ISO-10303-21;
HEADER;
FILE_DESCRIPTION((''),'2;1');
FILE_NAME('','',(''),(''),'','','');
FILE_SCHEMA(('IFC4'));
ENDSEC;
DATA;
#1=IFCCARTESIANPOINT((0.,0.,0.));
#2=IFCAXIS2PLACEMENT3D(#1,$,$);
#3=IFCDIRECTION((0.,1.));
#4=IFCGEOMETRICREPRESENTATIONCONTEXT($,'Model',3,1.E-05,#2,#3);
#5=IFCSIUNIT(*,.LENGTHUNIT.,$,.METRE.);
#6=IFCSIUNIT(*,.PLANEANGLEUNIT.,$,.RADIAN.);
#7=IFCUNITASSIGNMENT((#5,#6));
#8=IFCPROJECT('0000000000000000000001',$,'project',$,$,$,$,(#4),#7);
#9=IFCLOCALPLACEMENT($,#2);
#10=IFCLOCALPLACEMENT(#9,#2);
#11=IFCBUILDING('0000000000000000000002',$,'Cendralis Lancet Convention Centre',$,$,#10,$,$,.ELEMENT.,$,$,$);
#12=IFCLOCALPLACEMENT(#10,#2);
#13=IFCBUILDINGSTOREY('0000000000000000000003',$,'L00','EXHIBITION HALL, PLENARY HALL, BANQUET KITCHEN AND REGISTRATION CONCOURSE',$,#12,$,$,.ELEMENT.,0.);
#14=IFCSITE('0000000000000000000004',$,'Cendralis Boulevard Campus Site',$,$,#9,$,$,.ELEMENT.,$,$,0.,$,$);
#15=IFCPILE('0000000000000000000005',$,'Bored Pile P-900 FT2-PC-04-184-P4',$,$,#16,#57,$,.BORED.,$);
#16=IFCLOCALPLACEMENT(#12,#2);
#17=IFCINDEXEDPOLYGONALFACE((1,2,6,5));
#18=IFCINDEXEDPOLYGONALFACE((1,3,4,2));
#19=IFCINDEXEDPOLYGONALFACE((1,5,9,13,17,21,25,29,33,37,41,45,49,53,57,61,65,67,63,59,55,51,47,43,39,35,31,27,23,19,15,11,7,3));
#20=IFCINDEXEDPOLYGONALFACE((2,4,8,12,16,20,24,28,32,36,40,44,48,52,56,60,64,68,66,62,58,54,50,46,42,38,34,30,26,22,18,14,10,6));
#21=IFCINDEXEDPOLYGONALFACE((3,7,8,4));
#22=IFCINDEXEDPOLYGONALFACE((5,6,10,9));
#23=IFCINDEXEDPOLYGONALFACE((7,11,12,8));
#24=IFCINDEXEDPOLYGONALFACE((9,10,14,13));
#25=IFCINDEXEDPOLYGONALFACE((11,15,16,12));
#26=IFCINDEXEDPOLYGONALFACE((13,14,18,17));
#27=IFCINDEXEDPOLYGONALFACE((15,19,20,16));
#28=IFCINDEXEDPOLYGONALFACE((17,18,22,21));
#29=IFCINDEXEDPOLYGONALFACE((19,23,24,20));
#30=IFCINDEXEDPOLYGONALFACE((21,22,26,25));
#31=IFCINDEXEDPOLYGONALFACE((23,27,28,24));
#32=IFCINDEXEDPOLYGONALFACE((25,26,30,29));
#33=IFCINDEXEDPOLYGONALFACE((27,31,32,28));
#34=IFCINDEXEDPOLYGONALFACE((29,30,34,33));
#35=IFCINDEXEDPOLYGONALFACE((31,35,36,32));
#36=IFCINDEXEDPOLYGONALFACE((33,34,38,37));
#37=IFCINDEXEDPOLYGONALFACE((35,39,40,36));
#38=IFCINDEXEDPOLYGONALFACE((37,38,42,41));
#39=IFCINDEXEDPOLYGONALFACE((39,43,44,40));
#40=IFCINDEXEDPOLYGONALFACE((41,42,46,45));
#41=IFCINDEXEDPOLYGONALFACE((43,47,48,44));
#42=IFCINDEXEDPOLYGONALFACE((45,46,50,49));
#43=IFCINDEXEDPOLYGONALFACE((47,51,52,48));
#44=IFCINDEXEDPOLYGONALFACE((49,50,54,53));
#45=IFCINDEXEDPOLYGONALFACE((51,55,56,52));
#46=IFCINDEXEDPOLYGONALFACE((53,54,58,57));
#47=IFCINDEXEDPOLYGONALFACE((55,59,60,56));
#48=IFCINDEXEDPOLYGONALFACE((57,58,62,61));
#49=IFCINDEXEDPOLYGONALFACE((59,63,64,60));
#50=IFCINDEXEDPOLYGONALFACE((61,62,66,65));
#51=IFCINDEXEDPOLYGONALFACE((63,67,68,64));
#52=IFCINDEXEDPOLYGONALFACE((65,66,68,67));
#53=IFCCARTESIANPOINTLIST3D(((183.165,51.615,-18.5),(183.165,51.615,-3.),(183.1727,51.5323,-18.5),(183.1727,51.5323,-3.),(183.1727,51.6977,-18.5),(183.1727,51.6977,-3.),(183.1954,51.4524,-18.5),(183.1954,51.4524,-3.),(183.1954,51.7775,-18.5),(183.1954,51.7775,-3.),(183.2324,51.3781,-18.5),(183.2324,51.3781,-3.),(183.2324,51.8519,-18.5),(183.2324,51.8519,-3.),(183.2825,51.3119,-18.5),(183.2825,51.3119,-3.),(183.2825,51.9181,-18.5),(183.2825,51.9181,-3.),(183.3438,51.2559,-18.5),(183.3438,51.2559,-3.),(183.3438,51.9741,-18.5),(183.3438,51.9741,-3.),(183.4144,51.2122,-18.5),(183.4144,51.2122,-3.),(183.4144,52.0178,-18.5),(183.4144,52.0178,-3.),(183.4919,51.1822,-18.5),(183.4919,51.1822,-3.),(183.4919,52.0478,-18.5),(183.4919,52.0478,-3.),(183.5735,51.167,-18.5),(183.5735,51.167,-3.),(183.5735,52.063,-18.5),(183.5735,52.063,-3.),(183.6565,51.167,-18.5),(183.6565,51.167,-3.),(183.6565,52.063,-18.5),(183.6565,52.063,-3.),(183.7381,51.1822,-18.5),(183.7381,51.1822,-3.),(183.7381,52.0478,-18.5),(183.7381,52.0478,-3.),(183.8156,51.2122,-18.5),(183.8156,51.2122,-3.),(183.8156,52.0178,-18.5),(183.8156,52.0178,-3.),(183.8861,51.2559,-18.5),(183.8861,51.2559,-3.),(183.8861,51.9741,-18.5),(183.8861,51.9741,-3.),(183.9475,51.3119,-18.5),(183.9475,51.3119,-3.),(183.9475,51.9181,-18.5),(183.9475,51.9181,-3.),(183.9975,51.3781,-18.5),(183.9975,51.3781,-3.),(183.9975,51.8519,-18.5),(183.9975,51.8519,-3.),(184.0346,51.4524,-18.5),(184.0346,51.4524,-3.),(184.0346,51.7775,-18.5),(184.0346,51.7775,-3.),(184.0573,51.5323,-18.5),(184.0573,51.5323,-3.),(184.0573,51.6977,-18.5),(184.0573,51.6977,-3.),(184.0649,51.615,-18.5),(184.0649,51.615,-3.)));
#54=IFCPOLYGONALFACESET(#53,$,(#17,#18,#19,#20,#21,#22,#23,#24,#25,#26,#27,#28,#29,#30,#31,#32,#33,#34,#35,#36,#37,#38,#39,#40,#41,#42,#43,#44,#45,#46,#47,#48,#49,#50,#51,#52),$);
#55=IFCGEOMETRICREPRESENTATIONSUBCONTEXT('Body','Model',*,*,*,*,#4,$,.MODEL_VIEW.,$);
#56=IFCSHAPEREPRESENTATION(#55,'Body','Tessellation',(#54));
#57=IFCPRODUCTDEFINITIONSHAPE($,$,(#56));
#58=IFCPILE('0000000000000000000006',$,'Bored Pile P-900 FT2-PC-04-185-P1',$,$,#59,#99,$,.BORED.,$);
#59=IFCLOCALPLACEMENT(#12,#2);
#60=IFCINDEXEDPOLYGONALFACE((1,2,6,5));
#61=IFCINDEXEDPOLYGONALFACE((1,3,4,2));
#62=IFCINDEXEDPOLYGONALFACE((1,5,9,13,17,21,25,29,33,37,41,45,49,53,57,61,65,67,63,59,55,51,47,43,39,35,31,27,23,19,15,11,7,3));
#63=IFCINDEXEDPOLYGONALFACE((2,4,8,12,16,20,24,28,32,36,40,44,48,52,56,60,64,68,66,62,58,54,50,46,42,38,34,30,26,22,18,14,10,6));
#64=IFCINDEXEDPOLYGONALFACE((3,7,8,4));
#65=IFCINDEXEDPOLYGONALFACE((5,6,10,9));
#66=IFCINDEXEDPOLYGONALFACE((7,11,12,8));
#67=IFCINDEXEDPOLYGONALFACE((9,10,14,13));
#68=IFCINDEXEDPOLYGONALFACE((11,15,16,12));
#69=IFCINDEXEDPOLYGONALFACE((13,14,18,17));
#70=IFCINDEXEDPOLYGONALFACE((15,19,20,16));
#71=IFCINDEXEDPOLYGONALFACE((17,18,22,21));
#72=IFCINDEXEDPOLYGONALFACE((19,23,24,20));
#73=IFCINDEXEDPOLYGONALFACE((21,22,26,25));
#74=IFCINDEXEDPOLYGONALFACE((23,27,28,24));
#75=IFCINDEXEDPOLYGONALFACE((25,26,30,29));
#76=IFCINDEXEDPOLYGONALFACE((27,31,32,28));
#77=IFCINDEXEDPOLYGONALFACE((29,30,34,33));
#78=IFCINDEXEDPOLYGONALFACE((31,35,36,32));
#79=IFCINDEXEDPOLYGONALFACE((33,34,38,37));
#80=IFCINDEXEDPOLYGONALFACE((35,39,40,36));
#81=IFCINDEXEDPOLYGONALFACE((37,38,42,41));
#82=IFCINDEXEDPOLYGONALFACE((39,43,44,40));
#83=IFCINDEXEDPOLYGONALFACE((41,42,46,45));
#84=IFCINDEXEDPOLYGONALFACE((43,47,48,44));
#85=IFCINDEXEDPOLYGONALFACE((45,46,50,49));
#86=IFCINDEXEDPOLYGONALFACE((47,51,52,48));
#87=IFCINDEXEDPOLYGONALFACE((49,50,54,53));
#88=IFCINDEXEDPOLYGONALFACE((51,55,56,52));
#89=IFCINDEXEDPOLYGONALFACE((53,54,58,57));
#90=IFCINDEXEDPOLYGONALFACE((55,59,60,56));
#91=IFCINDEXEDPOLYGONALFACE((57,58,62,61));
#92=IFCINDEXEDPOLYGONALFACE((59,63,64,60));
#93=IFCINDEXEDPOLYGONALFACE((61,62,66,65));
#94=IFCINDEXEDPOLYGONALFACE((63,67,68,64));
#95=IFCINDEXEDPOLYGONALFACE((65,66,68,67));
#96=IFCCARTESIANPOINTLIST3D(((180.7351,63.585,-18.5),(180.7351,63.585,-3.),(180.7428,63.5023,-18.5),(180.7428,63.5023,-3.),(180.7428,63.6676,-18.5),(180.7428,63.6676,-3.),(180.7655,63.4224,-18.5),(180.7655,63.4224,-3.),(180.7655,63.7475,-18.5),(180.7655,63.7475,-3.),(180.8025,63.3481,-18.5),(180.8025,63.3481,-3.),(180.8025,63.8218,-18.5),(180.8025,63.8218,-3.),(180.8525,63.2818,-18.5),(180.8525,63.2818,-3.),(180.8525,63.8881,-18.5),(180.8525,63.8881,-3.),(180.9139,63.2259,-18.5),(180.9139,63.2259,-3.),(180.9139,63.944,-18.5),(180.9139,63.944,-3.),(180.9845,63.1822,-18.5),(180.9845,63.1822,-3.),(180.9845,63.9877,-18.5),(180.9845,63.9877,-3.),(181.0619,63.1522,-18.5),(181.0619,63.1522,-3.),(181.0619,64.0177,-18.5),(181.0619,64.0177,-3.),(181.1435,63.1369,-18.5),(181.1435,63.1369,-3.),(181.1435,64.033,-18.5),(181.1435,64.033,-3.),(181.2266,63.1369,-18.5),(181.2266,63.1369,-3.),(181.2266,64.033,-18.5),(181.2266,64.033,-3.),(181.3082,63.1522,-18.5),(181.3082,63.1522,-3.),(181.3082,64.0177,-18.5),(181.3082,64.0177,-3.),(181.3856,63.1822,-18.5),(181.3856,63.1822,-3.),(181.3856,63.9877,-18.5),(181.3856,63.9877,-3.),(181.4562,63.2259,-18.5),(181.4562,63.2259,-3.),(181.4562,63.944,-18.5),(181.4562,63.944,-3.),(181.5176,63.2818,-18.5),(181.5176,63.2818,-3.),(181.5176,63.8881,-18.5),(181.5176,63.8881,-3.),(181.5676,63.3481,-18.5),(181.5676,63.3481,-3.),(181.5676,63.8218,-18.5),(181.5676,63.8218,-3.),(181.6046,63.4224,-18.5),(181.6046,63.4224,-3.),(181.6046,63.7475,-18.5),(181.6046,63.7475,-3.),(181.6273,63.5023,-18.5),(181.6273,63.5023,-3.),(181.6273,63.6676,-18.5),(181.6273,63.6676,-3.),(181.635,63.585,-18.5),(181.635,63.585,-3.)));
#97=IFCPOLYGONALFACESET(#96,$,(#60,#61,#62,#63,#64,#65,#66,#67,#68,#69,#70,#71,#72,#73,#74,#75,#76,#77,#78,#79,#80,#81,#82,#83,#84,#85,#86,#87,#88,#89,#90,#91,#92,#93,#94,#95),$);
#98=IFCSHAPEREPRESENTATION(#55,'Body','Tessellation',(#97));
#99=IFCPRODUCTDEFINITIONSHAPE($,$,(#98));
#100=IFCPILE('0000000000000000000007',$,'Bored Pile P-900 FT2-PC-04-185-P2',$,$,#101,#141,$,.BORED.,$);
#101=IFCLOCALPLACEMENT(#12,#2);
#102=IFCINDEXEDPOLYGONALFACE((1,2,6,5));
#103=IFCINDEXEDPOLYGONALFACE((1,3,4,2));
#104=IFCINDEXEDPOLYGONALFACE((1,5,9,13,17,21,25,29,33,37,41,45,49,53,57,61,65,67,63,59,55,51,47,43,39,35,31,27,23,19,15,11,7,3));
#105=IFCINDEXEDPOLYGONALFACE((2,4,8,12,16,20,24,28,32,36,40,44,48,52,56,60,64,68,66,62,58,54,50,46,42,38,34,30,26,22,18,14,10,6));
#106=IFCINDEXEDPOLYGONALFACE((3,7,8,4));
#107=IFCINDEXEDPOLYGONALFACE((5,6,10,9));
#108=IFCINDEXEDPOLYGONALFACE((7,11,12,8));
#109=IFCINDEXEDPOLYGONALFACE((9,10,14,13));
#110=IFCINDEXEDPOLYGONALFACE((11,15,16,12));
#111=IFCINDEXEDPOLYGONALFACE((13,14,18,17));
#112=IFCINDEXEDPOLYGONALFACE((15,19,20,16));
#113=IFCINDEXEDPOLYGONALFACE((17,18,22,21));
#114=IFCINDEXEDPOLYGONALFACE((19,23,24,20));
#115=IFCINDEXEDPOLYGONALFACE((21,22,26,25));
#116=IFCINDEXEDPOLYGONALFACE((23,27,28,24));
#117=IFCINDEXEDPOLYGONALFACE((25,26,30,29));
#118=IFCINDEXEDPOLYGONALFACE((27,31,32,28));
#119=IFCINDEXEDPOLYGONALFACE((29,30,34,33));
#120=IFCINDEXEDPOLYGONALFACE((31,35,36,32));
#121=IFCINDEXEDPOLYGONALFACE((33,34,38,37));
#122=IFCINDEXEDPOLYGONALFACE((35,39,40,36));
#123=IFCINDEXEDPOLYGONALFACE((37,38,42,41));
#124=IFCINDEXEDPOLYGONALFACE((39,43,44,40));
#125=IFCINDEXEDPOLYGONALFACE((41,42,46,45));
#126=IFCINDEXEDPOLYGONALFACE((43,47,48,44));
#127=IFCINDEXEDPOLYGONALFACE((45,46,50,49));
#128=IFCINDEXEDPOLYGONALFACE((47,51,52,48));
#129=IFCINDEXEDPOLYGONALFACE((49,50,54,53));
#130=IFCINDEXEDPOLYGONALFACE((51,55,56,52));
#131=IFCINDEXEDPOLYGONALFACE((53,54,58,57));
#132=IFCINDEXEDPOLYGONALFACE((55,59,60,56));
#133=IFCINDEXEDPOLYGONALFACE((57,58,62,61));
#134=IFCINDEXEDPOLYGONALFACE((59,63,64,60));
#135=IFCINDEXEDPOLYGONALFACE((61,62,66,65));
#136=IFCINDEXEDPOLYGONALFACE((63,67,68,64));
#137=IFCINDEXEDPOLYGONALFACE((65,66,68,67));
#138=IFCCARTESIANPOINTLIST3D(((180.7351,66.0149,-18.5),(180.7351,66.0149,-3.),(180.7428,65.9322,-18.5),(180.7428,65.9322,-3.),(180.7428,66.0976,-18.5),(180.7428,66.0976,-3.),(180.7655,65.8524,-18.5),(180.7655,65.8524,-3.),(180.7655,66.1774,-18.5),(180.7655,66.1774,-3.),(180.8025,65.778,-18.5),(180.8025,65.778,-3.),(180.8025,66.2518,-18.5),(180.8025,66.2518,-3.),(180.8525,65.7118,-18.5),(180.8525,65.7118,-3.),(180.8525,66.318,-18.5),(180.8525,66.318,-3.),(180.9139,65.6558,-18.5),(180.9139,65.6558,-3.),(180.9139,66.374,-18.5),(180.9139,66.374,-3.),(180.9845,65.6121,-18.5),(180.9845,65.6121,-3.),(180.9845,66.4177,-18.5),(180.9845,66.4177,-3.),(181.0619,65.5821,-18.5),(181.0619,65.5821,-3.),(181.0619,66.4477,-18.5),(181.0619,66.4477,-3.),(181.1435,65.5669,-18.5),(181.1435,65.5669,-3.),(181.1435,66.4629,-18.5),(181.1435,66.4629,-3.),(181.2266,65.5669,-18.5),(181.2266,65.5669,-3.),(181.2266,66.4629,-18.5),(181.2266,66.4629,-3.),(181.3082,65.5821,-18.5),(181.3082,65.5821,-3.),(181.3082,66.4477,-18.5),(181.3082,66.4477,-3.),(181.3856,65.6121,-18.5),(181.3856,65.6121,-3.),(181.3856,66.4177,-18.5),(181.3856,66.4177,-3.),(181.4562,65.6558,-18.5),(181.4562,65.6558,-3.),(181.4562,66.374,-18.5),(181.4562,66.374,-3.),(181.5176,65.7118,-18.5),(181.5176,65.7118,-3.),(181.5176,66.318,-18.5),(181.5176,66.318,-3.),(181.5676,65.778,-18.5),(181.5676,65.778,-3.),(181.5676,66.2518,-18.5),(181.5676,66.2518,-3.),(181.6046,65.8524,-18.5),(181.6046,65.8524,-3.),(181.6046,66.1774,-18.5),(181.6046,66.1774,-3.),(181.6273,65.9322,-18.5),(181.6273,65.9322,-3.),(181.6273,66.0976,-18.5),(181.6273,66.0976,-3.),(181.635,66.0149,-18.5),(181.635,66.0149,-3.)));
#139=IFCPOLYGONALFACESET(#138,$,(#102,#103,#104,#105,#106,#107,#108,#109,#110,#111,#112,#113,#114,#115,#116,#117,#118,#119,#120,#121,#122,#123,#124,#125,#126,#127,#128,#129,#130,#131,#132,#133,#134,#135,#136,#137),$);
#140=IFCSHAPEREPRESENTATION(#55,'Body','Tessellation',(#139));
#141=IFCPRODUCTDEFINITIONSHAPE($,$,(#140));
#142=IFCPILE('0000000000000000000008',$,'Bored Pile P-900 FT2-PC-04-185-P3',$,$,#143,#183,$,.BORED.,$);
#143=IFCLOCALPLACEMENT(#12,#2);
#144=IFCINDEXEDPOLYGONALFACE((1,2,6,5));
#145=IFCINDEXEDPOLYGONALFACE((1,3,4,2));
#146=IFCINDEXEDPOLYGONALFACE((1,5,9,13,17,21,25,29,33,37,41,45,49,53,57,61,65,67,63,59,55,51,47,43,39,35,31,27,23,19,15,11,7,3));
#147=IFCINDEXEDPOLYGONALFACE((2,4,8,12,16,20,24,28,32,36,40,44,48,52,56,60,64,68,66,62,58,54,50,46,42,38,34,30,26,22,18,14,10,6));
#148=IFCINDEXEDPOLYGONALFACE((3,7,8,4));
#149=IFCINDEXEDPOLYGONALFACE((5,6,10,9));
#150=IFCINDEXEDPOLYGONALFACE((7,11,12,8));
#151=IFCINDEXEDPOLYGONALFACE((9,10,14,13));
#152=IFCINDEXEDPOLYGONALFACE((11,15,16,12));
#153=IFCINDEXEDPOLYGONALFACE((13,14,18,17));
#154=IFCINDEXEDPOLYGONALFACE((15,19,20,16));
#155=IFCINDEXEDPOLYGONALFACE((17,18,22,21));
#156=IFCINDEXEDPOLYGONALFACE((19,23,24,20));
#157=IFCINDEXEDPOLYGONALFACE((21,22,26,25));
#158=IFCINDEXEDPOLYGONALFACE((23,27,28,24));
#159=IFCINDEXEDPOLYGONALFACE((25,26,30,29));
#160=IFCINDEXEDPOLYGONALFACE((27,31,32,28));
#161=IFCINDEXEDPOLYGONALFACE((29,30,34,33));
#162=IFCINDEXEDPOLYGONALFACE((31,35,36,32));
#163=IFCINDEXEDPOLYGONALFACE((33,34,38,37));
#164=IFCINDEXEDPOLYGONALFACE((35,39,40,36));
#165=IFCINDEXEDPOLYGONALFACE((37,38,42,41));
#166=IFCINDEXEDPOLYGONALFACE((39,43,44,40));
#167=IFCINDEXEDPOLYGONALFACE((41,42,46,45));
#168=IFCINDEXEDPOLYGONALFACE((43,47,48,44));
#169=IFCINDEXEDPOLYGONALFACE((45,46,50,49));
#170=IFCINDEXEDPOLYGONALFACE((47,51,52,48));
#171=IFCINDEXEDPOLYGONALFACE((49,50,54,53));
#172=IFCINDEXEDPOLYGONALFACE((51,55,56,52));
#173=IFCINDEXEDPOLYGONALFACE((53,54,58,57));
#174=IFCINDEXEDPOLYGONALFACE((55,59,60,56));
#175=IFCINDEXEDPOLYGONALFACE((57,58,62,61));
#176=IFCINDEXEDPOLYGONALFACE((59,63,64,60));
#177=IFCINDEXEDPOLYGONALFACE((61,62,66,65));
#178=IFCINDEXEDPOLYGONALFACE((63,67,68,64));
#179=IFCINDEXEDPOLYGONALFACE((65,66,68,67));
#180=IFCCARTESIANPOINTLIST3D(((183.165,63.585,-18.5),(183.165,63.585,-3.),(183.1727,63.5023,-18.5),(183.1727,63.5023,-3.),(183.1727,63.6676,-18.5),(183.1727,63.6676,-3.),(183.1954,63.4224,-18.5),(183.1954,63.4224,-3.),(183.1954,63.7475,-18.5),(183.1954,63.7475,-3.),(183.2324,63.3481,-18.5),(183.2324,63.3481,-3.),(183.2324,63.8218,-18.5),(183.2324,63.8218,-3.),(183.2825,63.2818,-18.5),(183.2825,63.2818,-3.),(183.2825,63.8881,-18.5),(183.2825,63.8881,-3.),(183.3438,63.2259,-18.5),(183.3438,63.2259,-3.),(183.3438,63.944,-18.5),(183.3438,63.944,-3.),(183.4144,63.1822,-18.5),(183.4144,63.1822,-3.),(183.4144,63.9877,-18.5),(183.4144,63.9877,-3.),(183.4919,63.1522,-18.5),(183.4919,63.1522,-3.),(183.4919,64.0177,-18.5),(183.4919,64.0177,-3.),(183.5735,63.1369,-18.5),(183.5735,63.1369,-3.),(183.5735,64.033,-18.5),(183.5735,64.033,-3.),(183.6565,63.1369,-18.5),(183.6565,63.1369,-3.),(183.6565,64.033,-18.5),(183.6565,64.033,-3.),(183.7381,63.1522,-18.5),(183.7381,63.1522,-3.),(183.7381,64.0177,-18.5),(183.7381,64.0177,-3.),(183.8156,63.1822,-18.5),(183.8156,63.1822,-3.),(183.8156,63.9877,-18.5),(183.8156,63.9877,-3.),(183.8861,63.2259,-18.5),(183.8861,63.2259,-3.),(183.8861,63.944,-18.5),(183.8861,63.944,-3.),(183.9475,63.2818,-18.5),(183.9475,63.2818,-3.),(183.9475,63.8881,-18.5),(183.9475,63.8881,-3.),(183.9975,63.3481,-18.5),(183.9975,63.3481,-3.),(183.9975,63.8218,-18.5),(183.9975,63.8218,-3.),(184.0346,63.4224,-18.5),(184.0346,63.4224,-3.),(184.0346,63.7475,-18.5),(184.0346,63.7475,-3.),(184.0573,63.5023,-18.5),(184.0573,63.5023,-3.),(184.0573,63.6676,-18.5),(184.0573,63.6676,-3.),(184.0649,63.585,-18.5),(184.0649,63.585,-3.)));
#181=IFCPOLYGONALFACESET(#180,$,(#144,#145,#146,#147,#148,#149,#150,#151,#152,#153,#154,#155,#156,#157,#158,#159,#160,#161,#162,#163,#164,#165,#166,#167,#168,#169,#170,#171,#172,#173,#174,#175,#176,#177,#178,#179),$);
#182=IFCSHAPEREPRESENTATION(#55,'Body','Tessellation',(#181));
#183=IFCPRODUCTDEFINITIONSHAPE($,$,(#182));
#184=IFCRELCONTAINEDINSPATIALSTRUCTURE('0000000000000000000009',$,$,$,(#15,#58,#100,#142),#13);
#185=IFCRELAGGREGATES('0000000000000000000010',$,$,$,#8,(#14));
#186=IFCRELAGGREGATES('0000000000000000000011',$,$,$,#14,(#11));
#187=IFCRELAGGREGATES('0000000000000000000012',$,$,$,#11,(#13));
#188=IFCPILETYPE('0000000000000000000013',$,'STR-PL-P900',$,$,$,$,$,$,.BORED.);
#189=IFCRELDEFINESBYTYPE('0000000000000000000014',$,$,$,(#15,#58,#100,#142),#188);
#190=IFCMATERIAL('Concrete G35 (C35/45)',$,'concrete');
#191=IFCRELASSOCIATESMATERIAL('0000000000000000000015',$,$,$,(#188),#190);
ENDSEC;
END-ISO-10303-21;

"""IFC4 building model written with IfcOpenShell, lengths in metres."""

from ifc_helpers import new_model, si_unit, direction, frame, origin, origin_2d, place, context, subcontext, project, spatial, circle, extrude, material, material_profile, profile_set, type_object, element, save


model = new_model("IFC4")

# Units and contexts
model_context = context("Model", 3, precision=1e-05, world=origin(), true_north=direction((0.0, 1.0)))
body_context = subcontext(model_context, "Body", "Model", "MODEL_VIEW")
ifc_project = project(units=[si_unit("LENGTHUNIT", "METRE"), si_unit("PLANEANGLEUNIT", "RADIAN")], contexts=[model_context])

# Site, building, storey
site_placement = place(None, origin())
site = spatial("IfcSite", under=ifc_project, at=site_placement, Name="Cendralis Boulevard Campus Site", CompositionType="ELEMENT", RefElevation=0.0)
building_placement = place(site_placement, origin())
building = spatial("IfcBuilding", under=site, at=building_placement, Name="Cendralis Lancet Convention Centre", CompositionType="ELEMENT")
storey_placement = place(building_placement, origin())
storey = spatial("IfcBuildingStorey", under=building, at=storey_placement, Name="L00", Description="EXHIBITION HALL, PLENARY HALL, BANQUET KITCHEN AND REGISTRATION CONCOURSE", CompositionType="ELEMENT", Elevation=0.0)

# Shared definitions
ifc_material_1 = material(Name="Concrete G35 (C35/45)", Category="concrete")

# Piles
ifc_material_profile_1 = material_profile(ifc_material_1, circle(Radius=0.45, at=origin_2d()), Name="BORED PILE D900")
ifc_profile_set_1 = profile_set([ifc_material_profile_1], Name="Concrete G35 (C35/45)")
pile_type = type_object("IfcPileType", Name="STR-PL-P900", PredefinedType="BORED", material=ifc_profile_set_1)
for number, where, z_axis, x_axis, name in (
    (1, (183.615, 51.615, -3.0), (0.0, 0.0, -1.0), (1.0, 0.0, 0.0), "Bored Pile P-900 FT2-PC-04-184-P4"),
    (2, (181.1851, 63.585, -3.0), (0.0, 0.0, -1.0), (1.0, 0.0, 0.0), "Bored Pile P-900 FT2-PC-04-185-P1"),
    (3, (181.1851, 66.0149, -3.0), (0.0, 0.0, -1.0), (1.0, 0.0, 0.0), "Bored Pile P-900 FT2-PC-04-185-P2"),
    (4, (183.615, 63.585, -3.0), (0.0, 0.0, -1.0), (1.0, 0.0, 0.0), "Bored Pile P-900 FT2-PC-04-185-P3"),
):
    element("IfcPile", number, at=place(storey_placement, frame(where, z_axis=z_axis, x_axis=x_axis)), inside=storey, type_object=pile_type, Name=name, PredefinedType="BORED", context=body_context, shape_type="SweptSolid", body=[
        extrude(circle(Radius=0.45, at=origin_2d()), origin(), (0.0, 0.0, 1.0), 15.5),
    ])

save(model, "model.ifc")
